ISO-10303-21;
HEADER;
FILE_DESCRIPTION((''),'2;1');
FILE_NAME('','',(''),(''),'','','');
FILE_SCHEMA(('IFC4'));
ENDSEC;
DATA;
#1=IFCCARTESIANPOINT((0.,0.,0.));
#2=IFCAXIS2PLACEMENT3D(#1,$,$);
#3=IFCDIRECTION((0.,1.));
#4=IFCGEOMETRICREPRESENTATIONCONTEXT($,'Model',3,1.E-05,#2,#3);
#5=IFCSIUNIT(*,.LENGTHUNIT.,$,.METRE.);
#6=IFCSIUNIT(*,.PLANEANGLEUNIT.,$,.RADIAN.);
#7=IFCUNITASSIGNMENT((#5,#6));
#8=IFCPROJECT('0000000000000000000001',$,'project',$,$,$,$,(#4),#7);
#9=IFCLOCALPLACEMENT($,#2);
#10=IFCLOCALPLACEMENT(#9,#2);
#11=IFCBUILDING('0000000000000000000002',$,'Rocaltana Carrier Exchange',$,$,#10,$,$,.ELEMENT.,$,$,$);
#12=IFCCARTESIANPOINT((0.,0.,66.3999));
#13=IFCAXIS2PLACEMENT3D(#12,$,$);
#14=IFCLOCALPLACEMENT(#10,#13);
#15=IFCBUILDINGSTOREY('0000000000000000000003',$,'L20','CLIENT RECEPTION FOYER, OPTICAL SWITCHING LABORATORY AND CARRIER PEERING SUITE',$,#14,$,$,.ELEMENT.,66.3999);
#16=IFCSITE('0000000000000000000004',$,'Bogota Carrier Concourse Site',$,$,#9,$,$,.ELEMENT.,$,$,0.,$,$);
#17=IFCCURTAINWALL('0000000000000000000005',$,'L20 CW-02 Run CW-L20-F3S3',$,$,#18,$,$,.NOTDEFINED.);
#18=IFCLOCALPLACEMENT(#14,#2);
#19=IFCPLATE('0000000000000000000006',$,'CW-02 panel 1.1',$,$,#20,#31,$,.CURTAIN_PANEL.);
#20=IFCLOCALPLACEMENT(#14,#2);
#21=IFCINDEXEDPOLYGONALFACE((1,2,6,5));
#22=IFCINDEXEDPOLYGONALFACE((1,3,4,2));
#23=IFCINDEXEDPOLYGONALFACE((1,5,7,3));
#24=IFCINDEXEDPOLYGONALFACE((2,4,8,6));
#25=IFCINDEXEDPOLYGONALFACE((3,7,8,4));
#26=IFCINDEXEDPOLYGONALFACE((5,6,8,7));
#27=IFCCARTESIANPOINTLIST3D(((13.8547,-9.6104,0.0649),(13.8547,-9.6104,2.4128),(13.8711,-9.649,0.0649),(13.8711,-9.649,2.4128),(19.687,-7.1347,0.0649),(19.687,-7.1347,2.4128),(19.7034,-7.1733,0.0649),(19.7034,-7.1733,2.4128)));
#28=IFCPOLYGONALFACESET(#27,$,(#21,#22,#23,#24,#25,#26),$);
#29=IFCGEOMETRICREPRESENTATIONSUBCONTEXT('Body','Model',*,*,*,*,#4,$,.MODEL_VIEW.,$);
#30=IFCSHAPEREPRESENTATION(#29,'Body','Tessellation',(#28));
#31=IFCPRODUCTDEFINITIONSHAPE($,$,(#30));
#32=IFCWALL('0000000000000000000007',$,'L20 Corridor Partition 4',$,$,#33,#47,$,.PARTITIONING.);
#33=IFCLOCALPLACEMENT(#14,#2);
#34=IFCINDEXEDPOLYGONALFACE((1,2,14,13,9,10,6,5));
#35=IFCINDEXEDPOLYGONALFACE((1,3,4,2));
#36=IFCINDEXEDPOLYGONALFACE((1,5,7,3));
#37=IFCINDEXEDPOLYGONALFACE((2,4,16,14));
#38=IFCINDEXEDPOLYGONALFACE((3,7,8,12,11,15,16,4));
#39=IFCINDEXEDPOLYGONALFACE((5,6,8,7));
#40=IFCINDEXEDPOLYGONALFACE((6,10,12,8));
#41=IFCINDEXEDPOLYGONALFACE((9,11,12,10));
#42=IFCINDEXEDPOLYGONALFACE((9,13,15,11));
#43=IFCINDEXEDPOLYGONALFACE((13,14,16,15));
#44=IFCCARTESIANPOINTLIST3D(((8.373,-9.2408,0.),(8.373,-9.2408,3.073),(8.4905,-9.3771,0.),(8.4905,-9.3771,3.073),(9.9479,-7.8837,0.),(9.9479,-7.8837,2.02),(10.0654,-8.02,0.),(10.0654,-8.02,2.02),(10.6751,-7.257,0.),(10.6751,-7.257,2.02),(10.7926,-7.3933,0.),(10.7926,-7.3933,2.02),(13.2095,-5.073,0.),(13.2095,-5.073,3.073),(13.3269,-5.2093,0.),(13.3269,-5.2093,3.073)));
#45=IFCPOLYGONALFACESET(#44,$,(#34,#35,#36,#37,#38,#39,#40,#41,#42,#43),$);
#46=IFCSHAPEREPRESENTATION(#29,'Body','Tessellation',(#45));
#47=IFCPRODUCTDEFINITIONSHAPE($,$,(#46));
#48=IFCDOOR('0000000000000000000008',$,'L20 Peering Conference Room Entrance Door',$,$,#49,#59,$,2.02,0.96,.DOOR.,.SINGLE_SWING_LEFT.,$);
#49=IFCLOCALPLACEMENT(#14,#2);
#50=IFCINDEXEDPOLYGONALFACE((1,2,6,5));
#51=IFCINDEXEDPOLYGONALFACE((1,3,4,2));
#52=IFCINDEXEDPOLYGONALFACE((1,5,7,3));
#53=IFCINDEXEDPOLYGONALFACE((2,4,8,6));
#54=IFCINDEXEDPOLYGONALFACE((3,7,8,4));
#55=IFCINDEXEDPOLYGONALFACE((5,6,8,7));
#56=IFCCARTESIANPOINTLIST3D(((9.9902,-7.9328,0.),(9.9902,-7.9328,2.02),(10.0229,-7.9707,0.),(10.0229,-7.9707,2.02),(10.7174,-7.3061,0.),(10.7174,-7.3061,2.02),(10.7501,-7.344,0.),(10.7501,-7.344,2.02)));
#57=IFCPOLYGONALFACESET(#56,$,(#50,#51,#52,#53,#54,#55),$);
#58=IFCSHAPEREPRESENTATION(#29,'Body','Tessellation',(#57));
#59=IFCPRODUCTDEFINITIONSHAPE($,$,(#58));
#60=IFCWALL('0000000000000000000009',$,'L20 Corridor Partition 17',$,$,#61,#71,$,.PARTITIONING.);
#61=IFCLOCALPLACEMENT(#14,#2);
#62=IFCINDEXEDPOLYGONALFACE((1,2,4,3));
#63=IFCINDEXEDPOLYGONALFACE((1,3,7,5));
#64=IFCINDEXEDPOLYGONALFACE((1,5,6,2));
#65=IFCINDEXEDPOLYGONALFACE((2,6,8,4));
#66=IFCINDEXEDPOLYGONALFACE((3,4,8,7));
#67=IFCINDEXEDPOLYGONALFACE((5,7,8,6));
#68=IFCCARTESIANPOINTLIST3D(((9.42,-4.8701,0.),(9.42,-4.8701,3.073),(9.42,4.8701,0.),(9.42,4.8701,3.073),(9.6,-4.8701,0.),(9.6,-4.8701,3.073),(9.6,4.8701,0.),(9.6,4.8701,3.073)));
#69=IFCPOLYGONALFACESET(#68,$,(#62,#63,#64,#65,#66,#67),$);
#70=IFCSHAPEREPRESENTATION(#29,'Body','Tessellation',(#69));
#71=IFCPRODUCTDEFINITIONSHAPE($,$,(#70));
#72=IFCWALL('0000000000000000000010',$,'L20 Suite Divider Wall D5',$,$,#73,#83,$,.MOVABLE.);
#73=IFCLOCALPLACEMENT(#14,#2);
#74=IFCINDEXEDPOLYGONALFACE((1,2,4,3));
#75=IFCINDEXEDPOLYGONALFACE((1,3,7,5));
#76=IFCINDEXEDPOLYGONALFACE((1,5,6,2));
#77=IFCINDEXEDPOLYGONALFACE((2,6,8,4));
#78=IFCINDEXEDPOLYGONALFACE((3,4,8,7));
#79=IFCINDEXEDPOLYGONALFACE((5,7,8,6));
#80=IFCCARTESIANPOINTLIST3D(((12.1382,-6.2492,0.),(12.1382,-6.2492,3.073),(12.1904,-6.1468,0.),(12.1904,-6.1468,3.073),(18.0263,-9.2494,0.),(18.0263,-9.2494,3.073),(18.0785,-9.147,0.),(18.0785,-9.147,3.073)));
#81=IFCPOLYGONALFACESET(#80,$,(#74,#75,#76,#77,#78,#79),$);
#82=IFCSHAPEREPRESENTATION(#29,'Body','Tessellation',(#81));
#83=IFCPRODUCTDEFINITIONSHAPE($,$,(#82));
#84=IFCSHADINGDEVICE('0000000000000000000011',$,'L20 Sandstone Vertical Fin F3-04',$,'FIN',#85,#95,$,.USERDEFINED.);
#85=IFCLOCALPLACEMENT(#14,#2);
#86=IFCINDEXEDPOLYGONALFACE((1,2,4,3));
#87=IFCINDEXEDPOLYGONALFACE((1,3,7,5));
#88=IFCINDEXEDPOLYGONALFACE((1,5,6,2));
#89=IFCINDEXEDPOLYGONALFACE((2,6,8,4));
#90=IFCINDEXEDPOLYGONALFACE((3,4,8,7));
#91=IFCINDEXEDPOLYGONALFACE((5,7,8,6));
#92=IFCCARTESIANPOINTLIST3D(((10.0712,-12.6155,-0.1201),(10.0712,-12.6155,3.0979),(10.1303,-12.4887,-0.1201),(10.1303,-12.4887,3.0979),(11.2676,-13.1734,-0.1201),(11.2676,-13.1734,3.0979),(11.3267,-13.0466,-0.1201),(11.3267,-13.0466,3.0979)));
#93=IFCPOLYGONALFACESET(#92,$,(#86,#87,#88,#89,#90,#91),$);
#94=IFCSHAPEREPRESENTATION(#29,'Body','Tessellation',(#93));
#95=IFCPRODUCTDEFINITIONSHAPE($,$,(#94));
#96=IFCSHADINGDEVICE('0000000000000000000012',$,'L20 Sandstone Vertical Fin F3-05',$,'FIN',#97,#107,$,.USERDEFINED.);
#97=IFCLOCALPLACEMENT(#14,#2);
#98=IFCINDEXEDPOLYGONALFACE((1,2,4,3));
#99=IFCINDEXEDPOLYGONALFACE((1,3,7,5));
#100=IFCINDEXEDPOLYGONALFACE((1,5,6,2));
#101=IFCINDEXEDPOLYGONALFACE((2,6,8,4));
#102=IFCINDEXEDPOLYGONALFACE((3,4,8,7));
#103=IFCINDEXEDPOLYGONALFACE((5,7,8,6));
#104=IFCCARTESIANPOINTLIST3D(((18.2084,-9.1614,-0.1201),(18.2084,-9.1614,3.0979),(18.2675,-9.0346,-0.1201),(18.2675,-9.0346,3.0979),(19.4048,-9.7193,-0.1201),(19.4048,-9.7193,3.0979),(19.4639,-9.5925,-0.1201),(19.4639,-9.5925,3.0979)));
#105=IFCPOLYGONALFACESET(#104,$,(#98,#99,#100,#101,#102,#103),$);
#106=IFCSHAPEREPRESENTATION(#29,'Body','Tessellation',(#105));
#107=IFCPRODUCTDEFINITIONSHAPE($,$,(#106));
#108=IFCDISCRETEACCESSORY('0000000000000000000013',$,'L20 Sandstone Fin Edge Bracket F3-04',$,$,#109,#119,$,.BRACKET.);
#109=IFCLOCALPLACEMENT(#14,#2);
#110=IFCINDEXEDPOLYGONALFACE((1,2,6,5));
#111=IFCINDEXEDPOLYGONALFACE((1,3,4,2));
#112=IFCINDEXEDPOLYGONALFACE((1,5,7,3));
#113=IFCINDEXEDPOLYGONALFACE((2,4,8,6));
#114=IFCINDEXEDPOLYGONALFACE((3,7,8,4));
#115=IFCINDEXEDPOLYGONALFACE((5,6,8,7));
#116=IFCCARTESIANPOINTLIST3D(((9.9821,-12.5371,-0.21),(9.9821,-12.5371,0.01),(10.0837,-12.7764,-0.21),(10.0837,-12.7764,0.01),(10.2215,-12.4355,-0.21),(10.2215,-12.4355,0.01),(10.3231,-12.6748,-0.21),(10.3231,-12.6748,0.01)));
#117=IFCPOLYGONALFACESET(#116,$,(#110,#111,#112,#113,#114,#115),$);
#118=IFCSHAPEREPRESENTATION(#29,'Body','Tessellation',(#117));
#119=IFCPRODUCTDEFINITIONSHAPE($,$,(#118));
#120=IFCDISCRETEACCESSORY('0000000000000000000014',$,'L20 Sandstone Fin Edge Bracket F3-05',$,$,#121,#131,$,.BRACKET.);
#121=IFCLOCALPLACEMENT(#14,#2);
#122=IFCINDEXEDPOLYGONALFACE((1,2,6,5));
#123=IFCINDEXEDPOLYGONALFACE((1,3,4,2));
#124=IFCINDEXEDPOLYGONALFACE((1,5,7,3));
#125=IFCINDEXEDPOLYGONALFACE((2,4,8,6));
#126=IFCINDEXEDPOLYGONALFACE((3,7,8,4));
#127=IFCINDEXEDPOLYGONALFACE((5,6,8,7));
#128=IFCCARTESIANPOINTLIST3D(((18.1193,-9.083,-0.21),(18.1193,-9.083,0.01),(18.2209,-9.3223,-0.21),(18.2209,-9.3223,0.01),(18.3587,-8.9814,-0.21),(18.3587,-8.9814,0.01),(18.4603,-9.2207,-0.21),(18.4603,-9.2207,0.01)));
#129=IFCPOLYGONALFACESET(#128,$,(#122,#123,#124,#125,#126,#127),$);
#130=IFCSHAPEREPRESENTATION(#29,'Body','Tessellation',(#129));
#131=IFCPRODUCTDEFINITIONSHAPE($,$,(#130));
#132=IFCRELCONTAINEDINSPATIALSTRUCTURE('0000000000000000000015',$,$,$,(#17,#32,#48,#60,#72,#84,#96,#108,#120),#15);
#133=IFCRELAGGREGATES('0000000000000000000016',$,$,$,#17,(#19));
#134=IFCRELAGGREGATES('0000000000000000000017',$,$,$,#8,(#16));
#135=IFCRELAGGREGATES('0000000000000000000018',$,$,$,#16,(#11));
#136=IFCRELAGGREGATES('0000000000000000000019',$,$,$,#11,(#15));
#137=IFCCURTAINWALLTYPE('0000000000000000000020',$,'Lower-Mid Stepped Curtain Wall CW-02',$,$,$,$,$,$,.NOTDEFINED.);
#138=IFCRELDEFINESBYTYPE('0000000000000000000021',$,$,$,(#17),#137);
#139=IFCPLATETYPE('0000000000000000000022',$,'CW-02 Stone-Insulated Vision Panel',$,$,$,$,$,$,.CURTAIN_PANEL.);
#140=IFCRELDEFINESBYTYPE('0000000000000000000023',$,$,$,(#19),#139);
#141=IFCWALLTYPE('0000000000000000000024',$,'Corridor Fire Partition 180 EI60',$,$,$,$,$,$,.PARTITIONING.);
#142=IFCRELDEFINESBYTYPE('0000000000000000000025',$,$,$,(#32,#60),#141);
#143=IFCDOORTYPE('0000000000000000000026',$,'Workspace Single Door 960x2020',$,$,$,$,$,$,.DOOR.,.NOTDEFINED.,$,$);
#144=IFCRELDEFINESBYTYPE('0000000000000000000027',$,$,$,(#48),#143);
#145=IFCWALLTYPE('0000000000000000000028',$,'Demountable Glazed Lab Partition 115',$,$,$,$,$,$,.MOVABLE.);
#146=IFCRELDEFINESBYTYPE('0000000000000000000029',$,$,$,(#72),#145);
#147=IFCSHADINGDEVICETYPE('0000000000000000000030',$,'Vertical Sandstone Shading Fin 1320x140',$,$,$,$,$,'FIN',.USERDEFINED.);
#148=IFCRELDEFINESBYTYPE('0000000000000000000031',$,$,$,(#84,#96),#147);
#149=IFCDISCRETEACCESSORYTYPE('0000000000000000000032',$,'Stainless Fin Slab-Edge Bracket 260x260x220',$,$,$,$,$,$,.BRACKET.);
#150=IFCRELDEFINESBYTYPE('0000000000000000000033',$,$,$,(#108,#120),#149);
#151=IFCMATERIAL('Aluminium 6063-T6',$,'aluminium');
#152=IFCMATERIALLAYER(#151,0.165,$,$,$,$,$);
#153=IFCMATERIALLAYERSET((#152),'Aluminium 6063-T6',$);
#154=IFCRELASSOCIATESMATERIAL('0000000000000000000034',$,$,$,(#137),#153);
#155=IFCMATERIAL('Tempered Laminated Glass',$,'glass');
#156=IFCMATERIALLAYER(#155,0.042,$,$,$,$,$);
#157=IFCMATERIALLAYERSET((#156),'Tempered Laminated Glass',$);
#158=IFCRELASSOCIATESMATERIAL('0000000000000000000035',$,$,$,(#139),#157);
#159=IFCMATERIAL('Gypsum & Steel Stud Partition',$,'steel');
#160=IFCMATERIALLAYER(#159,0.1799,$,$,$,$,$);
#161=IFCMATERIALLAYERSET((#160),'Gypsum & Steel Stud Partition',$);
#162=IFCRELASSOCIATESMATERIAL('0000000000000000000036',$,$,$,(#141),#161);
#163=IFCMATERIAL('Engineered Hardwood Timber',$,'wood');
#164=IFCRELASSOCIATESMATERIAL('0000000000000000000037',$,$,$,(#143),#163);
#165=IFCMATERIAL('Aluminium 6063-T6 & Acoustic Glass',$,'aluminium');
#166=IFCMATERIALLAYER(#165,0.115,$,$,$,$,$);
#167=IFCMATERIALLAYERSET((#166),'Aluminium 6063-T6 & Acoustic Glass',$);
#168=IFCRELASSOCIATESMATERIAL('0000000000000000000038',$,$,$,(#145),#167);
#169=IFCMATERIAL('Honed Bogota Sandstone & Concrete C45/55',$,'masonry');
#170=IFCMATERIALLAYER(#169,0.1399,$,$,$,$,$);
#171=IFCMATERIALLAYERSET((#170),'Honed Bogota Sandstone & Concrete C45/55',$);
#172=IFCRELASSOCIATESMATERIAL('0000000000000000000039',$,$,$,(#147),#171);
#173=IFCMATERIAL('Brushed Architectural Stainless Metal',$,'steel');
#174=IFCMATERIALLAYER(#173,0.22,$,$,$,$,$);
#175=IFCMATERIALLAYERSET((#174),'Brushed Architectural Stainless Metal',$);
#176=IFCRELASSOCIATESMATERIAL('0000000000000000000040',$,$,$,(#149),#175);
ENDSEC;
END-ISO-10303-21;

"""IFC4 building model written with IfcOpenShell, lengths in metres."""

from ifc_helpers import new_model, si_unit, direction, frame, frame_2d, origin, origin_2d, place, context, subcontext, project, spatial, rectangle, extrude, material, layer, layer_set, type_object, element, fill, aggregate, save


model = new_model("IFC4")

# Units and contexts
model_context = context("Model", 3, precision=1e-05, world=origin(), true_north=direction((0.0, 1.0)))
body_context = subcontext(model_context, "Body", "Model", "MODEL_VIEW")
ifc_project = project(units=[si_unit("LENGTHUNIT", "METRE"), si_unit("PLANEANGLEUNIT", "RADIAN")], contexts=[model_context])

# Site, building, storey
site_placement = place(None, origin())
site = spatial("IfcSite", under=ifc_project, at=site_placement, Name="Bogota Carrier Concourse Site", CompositionType="ELEMENT", RefElevation=0.0)
building_placement = place(site_placement, origin())
building = spatial("IfcBuilding", under=site, at=building_placement, Name="Rocaltana Carrier Exchange", CompositionType="ELEMENT")
storey_placement = place(building_placement, frame((0.0, 0.0, 66.3999)))
storey = spatial("IfcBuildingStorey", under=building, at=storey_placement, Name="L20", Description="CLIENT RECEPTION FOYER, OPTICAL SWITCHING LABORATORY AND CARRIER PEERING SUITE", CompositionType="ELEMENT", Elevation=66.3999)

# Shared definitions
ifc_material_1 = material(Name="Aluminium 6063-T6", Category="aluminium")
ifc_layer_1 = layer(ifc_material_1, 0.165)
ifc_layer_set_1 = layer_set([ifc_layer_1], Name="Aluminium 6063-T6")
curtain_wall_type = type_object("IfcCurtainWallType", Name="Lower-Mid Stepped Curtain Wall CW-02", PredefinedType="NOTDEFINED", material=ifc_layer_set_1)

# Curtain wall
curtain_wall_1_placement = place(storey_placement, origin())
curtain_wall_1 = element("IfcCurtainWall", 1, at=curtain_wall_1_placement, inside=storey, type_object=curtain_wall_type, Name="L20 CW-02 Run CW-L20-F3S3", PredefinedType="NOTDEFINED")

# Plate
ifc_material_2 = material(Name="Tempered Laminated Glass", Category="glass")
ifc_layer_2 = layer(ifc_material_2, 0.042)
ifc_layer_set_2 = layer_set([ifc_layer_2], Name="Tempered Laminated Glass")
plate_type = type_object("IfcPlateType", Name="CW-02 Stone-Insulated Vision Panel", PredefinedType="CURTAIN_PANEL", material=ifc_layer_set_2)
plate_placement = place(storey_placement, frame((16.7791, -8.3918, 0.0649), z_axis=(0.0, 0.0, 1.0), x_axis=(0.920503, 0.390735, 0.0)))
plate = element("IfcPlate", 2, at=plate_placement, type_object=plate_type, Name="CW-02 panel 1.1", PredefinedType="CURTAIN_PANEL", context=body_context, shape_type="SweptSolid", body=[
    extrude(rectangle(XDim=6.3359, YDim=0.042, at=origin_2d()), origin(), (0.0, 0.0, 1.0), 2.3479),
])
aggregate(curtain_wall_1, [plate])

# Wall, opening, door
ifc_material_3 = material(Name="Gypsum & Steel Stud Partition", Category="steel")
ifc_layer_3 = layer(ifc_material_3, 0.1799)
ifc_layer_set_3 = layer_set([ifc_layer_3], Name="Gypsum & Steel Stud Partition")
wall_type_1 = type_object("IfcWallType", Name="Corridor Fire Partition 180 EI60", PredefinedType="PARTITIONING", material=ifc_layer_set_3)
wall_1_placement = place(storey_placement, frame((13.2683, -5.1411, 0.0), z_axis=(0.0, 0.0, 1.0), x_axis=(-0.757535, -0.652795, 0.0)))
wall_1 = element("IfcWall", 3, at=wall_1_placement, inside=storey, type_object=wall_type_1, Name="L20 Corridor Partition 4", PredefinedType="PARTITIONING", context=body_context, shape_type="SweptSolid", body=[
    extrude(rectangle(XDim=6.3845, YDim=0.1799, at=frame_2d((3.1924, 0.0))), origin(), (0.0, 0.0, 1.0), 3.073),
])
opening_placement = place(wall_1_placement, frame((3.3457, 0.0, 0.0)))
opening = element("IfcOpeningElement", 4, at=opening_placement, cuts=wall_1, PredefinedType="OPENING", context=body_context, shape_type="SweptSolid", body=[
    extrude(rectangle(XDim=0.96, YDim=2.02, at=frame_2d((0.48, 1.01))), frame((0.0, 0.0999, 0.0), z_axis=(0.0, -1.0, 0.0), x_axis=(1.0, 0.0, 0.0)), (0.0, 0.0, 1.0), 0.2),
])
ifc_material_4 = material(Name="Engineered Hardwood Timber", Category="wood")
door_type = type_object("IfcDoorType", Name="Workspace Single Door 960x2020", OperationType="NOTDEFINED", PredefinedType="DOOR", material=ifc_material_4)
door_placement = place(opening_placement, origin())
door = element("IfcDoor", 5, at=door_placement, inside=storey, type_object=door_type, Name="L20 Peering Conference Room Entrance Door", OperationType="SINGLE_SWING_LEFT", OverallHeight=2.02, OverallWidth=0.96, PredefinedType="DOOR", context=body_context, shape_type="SweptSolid", body=[
    extrude(rectangle(XDim=0.96, YDim=2.02, at=frame_2d((0.48, 1.01))), frame((0.0, 0.0249, 0.0), z_axis=(0.0, -1.0, 0.0), x_axis=(1.0, 0.0, 0.0)), (0.0, 0.0, 1.0), 0.05),
])
fill(opening, door)

# Walls
wall_2_placement = place(storey_placement, frame((9.51, -4.8701, 0.0), z_axis=(0.0, 0.0, 1.0), x_axis=(0.0, 1.0, 0.0)))
element("IfcWall", 6, at=wall_2_placement, inside=storey, type_object=wall_type_1, Name="L20 Corridor Partition 17", PredefinedType="PARTITIONING", context=body_context, shape_type="SweptSolid", body=[
    extrude(rectangle(XDim=9.7402, YDim=0.1799, at=frame_2d((4.8701, 0.0))), origin(), (0.0, 0.0, 1.0), 3.073),
])
ifc_material_5 = material(Name="Aluminium 6063-T6 & Acoustic Glass", Category="aluminium")
ifc_layer_4 = layer(ifc_material_5, 0.115)
ifc_layer_set_4 = layer_set([ifc_layer_4], Name="Aluminium 6063-T6 & Acoustic Glass")
wall_type_2 = type_object("IfcWallType", Name="Demountable Glazed Lab Partition 115", PredefinedType="MOVABLE", material=ifc_layer_set_4)
wall_3_placement = place(storey_placement, frame((12.1643, -6.198, 0.0), z_axis=(0.0, 0.0, 1.0), x_axis=(0.891003, -0.453998, 0.0)))
element("IfcWall", 7, at=wall_3_placement, inside=storey, type_object=wall_type_2, Name="L20 Suite Divider Wall D5", PredefinedType="MOVABLE", context=body_context, shape_type="SweptSolid", body=[
    extrude(rectangle(XDim=6.6084, YDim=0.115, at=frame_2d((3.3042, 0.0))), origin(), (0.0, 0.0, 1.0), 3.073),
])

# Shading devices
ifc_material_6 = material(Name="Honed Bogota Sandstone & Concrete C45/55", Category="masonry")
ifc_layer_5 = layer(ifc_material_6, 0.1399)
ifc_layer_set_5 = layer_set([ifc_layer_5], Name="Honed Bogota Sandstone & Concrete C45/55")
shading_device_type = type_object("IfcShadingDeviceType", Name="Vertical Sandstone Shading Fin 1320x140", ElementType="FIN", PredefinedType="USERDEFINED", material=ifc_layer_set_5)
for number, where, z_axis, x_axis, name in (
    (8, (10.699, -12.8311, -0.1201), (0.0, 0.0, 1.0), (0.906308, -0.422618, 0.0), "L20 Sandstone Vertical Fin F3-04"),
    (9, (18.8362, -9.377, -0.1201), (0.0, 0.0, 1.0), (0.906308, -0.422618, 0.0), "L20 Sandstone Vertical Fin F3-05"),
):
    element("IfcShadingDevice", number, at=place(storey_placement, frame(where, z_axis=z_axis, x_axis=x_axis)), inside=storey, type_object=shading_device_type, Name=name, ObjectType="FIN", PredefinedType="USERDEFINED", context=body_context, shape_type="SweptSolid", body=[
        extrude(rectangle(XDim=1.3201, YDim=0.1399, at=origin_2d()), origin(), (0.0, 0.0, 1.0), 3.218),
    ])

# Discrete accessories
ifc_material_7 = material(Name="Brushed Architectural Stainless Metal", Category="steel")
ifc_layer_6 = layer(ifc_material_7, 0.22)
ifc_layer_set_6 = layer_set([ifc_layer_6], Name="Brushed Architectural Stainless Metal")
discrete_accessory_type = type_object("IfcDiscreteAccessoryType", Name="Stainless Fin Slab-Edge Bracket 260x260x220", PredefinedType="BRACKET", material=ifc_layer_set_6)
for number, where, z_axis, x_axis, name in (
    (10, (10.1526, -12.606, -0.21), (0.0, 0.0, 1.0), (0.920505, 0.390731, 0.0), "L20 Sandstone Fin Edge Bracket F3-04"),
    (11, (18.2898, -9.1519, -0.21), (0.0, 0.0, 1.0), (0.920505, 0.390731, 0.0), "L20 Sandstone Fin Edge Bracket F3-05"),
):
    element("IfcDiscreteAccessory", number, at=place(storey_placement, frame(where, z_axis=z_axis, x_axis=x_axis)), inside=storey, type_object=discrete_accessory_type, Name=name, PredefinedType="BRACKET", context=body_context, shape_type="SweptSolid", body=[
        extrude(rectangle(XDim=0.26, YDim=0.26, at=origin_2d()), origin(), (0.0, 0.0, 1.0), 0.22),
    ])

save(model, "model.ifc")
